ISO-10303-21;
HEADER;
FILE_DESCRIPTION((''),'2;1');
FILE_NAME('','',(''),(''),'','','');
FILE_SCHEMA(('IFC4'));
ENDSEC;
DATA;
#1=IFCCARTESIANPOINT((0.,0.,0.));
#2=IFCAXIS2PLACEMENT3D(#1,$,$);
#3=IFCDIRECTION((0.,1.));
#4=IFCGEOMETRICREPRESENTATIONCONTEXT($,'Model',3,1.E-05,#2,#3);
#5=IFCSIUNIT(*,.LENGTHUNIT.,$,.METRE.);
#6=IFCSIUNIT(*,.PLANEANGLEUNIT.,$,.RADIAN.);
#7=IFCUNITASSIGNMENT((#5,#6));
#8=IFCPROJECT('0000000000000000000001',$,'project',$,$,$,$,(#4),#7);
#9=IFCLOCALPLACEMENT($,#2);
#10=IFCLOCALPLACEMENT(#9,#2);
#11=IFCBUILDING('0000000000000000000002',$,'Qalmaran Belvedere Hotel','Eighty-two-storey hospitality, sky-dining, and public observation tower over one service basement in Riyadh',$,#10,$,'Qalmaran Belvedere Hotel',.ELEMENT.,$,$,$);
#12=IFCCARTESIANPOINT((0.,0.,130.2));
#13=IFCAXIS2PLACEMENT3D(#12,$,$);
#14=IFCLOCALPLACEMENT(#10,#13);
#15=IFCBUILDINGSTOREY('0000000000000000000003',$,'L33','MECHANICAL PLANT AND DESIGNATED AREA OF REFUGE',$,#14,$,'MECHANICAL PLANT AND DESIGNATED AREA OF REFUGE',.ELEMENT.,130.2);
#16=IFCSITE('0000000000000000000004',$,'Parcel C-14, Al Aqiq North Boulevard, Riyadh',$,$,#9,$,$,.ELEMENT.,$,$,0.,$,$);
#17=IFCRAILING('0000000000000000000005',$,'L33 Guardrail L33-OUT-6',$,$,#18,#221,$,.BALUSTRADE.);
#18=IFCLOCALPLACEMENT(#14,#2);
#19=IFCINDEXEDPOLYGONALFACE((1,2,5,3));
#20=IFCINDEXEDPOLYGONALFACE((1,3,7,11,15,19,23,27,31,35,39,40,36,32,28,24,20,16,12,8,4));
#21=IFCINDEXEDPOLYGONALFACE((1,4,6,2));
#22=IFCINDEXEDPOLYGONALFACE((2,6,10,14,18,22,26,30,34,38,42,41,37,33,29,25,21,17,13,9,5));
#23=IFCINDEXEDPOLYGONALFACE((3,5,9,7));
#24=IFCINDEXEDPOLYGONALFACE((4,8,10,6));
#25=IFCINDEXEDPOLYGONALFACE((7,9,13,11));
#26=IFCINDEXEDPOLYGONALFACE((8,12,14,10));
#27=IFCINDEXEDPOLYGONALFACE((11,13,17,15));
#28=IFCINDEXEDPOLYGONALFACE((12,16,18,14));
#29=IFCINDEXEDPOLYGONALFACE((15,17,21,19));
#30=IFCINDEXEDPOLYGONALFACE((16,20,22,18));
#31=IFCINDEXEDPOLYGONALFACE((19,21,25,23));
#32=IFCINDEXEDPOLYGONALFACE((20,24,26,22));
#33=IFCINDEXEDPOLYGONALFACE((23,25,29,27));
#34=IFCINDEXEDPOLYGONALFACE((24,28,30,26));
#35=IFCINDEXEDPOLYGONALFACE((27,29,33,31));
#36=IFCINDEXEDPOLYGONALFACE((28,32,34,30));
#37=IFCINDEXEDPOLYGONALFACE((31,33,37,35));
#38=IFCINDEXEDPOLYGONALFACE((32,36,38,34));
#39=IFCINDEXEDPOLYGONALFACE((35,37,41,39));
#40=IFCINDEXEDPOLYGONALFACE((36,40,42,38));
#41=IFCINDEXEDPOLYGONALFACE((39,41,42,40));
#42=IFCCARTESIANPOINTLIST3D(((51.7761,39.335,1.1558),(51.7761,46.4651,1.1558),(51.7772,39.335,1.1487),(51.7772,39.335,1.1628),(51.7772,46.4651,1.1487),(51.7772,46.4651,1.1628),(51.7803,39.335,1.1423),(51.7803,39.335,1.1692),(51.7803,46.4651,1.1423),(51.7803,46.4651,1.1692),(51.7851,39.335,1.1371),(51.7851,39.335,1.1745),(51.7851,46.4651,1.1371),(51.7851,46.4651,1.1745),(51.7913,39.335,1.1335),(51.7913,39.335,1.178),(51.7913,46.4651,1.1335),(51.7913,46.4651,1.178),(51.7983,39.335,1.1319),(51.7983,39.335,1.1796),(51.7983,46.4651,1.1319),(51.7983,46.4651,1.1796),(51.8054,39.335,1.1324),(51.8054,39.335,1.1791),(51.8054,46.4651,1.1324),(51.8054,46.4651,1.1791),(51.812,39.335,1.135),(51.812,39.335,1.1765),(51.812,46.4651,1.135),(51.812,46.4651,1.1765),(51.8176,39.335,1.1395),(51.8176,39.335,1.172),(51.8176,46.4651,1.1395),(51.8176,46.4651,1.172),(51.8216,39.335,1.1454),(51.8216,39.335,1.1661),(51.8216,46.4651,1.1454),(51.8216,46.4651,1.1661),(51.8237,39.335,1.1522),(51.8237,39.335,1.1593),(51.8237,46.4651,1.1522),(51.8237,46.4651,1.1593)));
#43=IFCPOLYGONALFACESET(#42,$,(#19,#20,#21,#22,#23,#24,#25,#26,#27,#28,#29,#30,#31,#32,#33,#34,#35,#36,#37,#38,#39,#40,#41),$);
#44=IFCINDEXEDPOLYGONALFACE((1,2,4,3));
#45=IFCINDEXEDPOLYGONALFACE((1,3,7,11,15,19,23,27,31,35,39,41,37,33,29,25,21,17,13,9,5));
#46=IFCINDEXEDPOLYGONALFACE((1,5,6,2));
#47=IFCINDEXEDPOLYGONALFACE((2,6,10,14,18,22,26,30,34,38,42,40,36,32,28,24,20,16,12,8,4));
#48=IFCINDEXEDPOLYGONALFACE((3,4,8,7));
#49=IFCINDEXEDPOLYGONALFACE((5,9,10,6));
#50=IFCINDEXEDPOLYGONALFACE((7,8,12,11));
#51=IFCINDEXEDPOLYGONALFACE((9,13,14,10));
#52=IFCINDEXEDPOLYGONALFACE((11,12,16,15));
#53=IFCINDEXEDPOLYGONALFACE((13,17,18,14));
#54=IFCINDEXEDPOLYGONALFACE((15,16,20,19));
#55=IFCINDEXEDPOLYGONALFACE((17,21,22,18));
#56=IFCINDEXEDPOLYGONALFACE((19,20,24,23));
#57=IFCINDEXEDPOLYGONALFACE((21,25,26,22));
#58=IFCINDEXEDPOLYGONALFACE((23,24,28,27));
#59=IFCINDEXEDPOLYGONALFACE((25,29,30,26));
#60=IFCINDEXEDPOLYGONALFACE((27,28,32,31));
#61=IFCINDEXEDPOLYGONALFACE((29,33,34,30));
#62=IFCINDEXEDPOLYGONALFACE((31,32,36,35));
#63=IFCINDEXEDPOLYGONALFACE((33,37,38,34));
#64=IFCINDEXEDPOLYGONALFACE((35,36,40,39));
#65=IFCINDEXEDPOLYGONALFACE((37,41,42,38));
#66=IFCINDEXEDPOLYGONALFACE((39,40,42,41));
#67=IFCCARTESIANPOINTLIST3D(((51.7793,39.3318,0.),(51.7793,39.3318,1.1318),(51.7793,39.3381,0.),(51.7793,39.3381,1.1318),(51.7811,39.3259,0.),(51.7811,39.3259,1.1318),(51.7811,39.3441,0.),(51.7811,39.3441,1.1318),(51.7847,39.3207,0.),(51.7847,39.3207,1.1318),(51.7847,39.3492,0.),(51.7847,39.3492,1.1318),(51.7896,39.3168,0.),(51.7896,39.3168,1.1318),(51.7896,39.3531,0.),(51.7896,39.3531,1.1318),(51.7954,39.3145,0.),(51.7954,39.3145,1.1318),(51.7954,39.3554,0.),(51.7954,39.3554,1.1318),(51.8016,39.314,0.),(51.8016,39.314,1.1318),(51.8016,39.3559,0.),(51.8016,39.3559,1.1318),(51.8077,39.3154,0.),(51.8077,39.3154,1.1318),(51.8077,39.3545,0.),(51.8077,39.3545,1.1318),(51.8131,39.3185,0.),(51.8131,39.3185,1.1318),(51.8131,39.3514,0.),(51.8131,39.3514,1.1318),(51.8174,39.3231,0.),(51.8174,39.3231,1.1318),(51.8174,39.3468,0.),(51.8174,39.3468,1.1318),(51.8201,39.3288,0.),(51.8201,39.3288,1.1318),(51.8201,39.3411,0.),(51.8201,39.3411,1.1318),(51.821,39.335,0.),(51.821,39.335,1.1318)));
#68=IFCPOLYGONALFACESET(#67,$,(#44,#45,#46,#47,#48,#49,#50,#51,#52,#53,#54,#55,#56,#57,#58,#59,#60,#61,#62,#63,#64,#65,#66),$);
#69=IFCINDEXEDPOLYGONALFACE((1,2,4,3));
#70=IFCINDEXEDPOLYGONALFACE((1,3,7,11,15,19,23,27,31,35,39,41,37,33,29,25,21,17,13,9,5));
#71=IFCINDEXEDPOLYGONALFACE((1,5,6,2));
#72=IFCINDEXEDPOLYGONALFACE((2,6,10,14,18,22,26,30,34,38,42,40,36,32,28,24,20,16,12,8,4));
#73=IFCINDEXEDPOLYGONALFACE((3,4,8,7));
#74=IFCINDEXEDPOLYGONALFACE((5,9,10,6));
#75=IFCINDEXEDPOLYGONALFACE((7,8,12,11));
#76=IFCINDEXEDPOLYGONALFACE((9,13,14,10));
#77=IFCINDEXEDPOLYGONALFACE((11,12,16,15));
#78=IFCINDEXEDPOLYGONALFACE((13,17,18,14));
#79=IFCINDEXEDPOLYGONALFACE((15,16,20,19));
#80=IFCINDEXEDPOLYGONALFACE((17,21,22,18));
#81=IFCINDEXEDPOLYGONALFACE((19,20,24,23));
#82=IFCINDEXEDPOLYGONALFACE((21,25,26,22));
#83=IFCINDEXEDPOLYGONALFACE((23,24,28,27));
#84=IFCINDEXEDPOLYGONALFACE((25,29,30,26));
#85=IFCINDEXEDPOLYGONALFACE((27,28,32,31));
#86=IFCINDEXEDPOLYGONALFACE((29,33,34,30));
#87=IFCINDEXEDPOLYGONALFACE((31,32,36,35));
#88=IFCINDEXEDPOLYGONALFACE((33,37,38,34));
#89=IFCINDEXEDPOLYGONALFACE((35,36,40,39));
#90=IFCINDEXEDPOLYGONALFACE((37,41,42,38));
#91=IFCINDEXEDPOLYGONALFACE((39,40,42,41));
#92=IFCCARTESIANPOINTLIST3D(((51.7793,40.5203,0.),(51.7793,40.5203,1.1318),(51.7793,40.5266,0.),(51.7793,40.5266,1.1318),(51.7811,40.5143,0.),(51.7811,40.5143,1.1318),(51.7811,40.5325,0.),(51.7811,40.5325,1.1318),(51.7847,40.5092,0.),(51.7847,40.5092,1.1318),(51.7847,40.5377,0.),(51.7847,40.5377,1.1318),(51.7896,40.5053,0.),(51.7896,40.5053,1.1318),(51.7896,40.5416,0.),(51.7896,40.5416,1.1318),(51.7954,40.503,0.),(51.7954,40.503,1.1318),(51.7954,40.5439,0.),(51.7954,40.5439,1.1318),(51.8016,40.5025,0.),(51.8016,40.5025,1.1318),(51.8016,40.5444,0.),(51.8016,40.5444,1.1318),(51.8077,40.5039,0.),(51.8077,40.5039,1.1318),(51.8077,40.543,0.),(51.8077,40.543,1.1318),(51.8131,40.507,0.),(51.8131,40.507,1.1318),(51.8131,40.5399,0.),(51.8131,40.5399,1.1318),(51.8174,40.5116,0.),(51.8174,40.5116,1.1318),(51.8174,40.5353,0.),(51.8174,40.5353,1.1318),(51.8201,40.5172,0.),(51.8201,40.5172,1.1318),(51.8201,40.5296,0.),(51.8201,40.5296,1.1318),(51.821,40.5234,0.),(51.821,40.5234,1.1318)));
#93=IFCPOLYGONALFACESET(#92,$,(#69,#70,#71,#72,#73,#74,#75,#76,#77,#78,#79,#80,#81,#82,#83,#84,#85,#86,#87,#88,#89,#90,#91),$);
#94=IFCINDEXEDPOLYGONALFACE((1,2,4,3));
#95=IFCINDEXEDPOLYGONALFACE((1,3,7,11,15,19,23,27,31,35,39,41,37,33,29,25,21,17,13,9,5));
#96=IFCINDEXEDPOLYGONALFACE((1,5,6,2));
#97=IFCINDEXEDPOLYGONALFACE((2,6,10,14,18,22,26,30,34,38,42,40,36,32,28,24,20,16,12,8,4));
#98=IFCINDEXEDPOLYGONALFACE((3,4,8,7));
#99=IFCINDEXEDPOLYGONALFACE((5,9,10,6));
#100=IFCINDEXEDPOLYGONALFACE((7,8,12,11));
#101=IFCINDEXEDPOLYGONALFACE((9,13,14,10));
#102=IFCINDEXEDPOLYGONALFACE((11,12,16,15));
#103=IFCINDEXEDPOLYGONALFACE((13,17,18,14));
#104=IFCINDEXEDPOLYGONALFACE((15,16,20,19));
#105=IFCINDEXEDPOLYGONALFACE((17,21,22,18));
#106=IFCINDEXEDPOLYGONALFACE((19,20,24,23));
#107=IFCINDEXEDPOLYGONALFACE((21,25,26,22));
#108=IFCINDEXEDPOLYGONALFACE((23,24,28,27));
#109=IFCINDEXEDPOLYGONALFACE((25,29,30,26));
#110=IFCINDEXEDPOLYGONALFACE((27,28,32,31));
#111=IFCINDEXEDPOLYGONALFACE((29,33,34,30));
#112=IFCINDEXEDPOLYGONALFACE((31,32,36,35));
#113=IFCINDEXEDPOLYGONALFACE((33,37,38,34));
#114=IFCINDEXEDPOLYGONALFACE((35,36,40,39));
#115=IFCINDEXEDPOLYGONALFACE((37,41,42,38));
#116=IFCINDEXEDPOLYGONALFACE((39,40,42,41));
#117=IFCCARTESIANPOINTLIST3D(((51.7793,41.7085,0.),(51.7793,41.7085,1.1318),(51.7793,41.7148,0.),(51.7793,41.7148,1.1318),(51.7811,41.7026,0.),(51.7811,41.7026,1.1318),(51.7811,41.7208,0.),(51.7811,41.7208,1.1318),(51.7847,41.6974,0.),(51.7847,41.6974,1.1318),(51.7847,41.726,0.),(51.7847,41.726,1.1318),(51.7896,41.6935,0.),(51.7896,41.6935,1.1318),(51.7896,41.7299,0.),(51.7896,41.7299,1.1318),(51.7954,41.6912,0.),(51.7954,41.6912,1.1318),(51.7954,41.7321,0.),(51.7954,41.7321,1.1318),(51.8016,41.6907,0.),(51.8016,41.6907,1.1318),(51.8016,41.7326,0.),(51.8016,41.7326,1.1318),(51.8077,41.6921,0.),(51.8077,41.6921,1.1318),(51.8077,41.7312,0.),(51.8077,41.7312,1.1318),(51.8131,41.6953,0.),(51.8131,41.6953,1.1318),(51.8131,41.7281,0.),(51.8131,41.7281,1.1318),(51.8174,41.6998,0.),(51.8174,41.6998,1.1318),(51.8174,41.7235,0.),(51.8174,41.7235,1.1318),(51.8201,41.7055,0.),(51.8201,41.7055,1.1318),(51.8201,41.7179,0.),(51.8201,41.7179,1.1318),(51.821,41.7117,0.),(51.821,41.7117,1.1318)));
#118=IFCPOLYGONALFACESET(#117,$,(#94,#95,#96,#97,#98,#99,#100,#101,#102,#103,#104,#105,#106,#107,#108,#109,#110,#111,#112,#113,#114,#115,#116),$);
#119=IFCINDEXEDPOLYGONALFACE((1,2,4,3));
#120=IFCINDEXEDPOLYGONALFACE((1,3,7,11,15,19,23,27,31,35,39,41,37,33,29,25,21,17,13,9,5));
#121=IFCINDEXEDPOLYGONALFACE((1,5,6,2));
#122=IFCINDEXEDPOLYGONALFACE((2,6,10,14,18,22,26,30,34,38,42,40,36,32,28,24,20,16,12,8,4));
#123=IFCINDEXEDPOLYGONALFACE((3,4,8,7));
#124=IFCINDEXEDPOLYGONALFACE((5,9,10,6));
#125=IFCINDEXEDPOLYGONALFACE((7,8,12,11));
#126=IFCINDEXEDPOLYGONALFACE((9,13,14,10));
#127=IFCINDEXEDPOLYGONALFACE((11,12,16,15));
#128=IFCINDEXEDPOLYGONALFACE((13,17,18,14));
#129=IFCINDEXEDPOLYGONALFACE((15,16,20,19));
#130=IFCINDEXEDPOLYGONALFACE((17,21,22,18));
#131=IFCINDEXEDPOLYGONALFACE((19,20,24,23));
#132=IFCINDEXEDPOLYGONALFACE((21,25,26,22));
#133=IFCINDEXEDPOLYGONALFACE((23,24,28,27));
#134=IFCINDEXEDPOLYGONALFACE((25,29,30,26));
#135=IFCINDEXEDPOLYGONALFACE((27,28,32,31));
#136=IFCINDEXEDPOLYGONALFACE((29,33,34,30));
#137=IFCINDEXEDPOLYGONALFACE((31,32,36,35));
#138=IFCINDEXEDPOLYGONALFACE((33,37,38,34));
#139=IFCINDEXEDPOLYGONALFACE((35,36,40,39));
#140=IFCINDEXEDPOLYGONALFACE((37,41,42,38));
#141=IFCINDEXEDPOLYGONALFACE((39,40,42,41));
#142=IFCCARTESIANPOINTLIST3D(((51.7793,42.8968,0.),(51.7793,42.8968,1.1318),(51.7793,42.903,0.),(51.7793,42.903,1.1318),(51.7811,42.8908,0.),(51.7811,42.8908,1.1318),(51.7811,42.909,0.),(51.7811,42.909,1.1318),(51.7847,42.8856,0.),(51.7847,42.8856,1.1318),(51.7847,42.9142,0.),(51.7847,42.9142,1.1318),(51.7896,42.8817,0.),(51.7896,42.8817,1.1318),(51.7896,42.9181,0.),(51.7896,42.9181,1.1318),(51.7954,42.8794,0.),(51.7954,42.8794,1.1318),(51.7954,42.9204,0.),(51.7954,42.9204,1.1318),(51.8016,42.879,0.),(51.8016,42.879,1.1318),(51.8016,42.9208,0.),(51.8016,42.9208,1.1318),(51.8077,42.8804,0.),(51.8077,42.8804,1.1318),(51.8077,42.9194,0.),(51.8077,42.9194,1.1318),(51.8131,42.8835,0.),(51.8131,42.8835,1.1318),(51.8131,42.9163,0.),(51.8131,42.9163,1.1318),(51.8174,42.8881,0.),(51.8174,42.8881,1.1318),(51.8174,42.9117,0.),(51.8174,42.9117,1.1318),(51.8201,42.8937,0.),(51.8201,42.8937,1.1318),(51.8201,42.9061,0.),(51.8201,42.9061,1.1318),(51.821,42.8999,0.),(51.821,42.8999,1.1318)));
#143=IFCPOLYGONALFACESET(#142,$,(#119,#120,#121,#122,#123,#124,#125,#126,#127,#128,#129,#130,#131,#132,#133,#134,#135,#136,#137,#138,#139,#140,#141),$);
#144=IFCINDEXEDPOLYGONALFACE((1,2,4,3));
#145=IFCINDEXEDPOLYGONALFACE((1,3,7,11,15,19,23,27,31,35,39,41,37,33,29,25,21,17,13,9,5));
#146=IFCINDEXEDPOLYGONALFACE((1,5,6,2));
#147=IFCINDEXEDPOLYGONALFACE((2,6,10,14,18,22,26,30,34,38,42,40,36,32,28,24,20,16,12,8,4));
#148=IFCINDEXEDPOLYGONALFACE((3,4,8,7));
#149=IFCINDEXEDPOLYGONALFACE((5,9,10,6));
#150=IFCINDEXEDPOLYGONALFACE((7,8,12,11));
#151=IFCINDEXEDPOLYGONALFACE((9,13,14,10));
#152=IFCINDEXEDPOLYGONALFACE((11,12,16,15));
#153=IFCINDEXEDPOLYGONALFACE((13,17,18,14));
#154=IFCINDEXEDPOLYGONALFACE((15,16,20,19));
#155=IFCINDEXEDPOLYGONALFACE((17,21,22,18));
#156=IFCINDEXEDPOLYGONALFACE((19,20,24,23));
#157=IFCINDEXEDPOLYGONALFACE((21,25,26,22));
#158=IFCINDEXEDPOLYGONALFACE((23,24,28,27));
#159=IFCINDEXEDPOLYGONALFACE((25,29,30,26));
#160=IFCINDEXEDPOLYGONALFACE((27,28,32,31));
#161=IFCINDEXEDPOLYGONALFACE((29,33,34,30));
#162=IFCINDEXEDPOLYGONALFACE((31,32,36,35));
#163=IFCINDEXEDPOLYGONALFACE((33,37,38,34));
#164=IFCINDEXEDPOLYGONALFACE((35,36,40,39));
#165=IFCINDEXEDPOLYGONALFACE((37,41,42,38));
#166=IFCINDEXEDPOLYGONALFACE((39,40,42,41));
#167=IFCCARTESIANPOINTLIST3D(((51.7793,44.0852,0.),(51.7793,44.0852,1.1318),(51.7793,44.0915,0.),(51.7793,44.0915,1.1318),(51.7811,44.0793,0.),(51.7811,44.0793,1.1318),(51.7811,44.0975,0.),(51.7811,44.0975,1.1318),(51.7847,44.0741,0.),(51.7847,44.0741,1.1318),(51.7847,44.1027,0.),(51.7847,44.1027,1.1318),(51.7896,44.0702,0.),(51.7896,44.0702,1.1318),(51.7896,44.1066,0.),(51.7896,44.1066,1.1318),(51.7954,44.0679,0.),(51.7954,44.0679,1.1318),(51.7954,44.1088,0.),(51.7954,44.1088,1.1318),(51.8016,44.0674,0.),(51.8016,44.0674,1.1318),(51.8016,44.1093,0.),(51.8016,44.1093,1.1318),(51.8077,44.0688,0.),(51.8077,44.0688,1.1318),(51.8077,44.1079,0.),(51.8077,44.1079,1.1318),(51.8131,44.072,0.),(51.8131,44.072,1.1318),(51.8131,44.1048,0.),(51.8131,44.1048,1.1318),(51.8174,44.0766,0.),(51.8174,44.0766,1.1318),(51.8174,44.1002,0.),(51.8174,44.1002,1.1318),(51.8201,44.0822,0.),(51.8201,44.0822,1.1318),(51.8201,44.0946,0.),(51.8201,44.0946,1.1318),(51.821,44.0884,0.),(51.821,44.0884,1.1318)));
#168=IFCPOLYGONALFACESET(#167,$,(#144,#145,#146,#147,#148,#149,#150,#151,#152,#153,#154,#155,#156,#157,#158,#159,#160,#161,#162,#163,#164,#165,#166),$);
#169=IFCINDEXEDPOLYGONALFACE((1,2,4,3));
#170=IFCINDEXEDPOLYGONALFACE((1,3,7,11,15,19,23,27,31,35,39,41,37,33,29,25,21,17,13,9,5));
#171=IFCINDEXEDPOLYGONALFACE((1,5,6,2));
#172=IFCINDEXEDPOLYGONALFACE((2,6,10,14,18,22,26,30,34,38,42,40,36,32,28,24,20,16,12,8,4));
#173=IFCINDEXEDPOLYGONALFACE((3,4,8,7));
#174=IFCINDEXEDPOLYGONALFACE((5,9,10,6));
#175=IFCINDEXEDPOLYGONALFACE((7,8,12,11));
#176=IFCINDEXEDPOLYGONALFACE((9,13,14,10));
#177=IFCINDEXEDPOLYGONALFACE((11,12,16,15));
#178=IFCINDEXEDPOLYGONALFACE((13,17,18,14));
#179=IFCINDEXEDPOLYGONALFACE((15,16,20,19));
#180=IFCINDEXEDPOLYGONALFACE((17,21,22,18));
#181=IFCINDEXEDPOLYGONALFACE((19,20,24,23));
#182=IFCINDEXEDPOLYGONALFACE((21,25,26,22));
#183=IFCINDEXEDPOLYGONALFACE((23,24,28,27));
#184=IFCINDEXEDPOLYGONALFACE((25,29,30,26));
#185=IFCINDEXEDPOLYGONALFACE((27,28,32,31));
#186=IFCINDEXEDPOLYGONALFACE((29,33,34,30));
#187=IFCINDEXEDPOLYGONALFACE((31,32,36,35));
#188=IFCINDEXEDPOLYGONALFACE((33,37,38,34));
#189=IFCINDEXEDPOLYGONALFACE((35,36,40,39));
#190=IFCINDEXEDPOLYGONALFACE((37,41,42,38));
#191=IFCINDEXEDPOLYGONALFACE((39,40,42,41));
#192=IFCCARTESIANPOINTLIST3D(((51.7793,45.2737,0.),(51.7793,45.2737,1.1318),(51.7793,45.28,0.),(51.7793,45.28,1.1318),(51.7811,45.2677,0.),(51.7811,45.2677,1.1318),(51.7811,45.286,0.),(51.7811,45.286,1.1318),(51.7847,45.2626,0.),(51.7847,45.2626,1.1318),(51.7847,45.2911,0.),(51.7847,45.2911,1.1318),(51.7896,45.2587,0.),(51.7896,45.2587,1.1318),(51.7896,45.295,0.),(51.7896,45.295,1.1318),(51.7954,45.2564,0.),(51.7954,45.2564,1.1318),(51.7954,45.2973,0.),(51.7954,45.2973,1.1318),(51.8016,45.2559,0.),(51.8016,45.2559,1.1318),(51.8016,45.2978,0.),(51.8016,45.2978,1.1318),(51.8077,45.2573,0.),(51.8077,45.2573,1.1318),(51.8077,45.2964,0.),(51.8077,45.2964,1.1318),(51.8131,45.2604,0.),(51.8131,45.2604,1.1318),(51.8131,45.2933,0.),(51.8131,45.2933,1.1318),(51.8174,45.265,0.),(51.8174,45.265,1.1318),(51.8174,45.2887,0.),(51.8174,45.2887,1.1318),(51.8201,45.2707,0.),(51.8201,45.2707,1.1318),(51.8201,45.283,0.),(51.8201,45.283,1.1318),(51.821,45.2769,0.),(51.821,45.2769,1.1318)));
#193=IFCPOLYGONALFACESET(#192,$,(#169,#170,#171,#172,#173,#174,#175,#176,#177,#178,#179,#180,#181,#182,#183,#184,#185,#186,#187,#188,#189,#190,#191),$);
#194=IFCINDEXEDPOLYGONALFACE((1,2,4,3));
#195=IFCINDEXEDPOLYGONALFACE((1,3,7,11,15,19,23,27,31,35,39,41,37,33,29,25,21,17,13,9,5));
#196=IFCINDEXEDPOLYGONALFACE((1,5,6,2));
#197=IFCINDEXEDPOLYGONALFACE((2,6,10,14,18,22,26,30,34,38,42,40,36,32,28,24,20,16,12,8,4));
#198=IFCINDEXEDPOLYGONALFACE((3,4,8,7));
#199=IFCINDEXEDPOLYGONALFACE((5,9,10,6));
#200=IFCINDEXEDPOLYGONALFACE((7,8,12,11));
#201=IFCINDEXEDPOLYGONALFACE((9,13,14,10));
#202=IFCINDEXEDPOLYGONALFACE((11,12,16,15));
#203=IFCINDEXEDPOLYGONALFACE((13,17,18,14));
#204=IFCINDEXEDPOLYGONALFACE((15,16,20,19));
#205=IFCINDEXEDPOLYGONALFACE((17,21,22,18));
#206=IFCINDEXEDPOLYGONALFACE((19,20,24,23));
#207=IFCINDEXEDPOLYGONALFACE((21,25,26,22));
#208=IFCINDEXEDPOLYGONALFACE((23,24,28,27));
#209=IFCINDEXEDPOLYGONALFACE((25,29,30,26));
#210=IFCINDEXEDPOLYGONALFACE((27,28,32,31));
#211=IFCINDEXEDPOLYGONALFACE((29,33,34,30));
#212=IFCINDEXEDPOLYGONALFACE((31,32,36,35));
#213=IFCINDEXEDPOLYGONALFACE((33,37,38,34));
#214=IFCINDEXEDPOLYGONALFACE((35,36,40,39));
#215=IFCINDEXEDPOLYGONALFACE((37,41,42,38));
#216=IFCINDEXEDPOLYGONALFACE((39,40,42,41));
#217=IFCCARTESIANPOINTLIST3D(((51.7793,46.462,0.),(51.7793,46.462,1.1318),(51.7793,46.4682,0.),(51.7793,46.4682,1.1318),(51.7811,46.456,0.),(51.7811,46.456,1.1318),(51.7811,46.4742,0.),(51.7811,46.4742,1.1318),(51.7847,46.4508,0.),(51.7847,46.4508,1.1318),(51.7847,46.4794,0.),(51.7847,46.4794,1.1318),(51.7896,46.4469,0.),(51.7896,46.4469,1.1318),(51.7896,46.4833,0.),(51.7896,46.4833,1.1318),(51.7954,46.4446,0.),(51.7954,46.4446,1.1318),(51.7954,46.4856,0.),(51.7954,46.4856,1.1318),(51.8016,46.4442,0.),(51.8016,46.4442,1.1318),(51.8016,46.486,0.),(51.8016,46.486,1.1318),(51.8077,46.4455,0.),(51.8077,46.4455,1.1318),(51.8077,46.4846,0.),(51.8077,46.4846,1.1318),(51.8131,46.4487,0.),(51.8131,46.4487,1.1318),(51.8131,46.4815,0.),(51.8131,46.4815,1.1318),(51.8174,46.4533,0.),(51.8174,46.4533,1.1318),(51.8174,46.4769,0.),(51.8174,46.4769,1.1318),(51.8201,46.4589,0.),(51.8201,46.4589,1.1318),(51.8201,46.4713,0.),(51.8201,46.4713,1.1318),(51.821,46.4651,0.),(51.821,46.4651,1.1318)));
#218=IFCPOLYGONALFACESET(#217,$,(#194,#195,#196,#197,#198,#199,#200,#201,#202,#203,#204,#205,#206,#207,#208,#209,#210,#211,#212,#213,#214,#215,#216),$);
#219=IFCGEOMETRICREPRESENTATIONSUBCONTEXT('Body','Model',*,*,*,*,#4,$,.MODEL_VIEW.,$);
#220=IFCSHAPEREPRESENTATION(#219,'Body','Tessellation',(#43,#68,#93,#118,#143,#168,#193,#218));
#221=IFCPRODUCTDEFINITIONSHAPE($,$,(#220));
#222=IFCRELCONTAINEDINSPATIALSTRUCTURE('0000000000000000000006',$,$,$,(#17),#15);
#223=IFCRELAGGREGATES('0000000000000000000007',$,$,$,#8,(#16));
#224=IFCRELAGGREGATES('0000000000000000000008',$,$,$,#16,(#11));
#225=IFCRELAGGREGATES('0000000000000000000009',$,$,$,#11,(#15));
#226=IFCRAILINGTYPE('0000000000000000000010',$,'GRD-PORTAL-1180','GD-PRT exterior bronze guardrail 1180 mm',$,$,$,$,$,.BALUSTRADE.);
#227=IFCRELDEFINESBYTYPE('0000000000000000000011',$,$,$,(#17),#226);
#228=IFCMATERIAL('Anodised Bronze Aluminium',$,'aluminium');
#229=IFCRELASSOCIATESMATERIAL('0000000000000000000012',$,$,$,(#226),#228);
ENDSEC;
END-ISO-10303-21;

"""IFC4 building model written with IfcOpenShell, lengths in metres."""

from ifc_helpers import new_model, si_unit, direction, frame, origin, origin_2d, place, context, subcontext, project, spatial, circle, extrude, material, type_object, element, save


model = new_model("IFC4")

# Units and contexts
model_context = context("Model", 3, precision=1e-05, world=origin(), true_north=direction((0.0, 1.0)))
body_context = subcontext(model_context, "Body", "Model", "MODEL_VIEW")
ifc_project = project(units=[si_unit("LENGTHUNIT", "METRE"), si_unit("PLANEANGLEUNIT", "RADIAN")], contexts=[model_context])

# Site, building, storey
site_placement = place(None, origin())
site = spatial("IfcSite", under=ifc_project, at=site_placement, Name="Parcel C-14, Al Aqiq North Boulevard, Riyadh", CompositionType="ELEMENT", RefElevation=0.0)
building_placement = place(site_placement, origin())
building = spatial("IfcBuilding", under=site, at=building_placement, Name="Qalmaran Belvedere Hotel", Description="Eighty-two-storey hospitality, sky-dining, and public observation tower over one service basement in Riyadh", LongName="Qalmaran Belvedere Hotel", CompositionType="ELEMENT")
storey_placement = place(building_placement, frame((0.0, 0.0, 130.2)))
storey = spatial("IfcBuildingStorey", under=building, at=storey_placement, Name="L33", Description="MECHANICAL PLANT AND DESIGNATED AREA OF REFUGE", LongName="MECHANICAL PLANT AND DESIGNATED AREA OF REFUGE", CompositionType="ELEMENT", Elevation=130.2)

# Railing
ifc_material_1 = material(Name="Anodised Bronze Aluminium", Category="aluminium")
railing_type = type_object("IfcRailingType", Name="GRD-PORTAL-1180", Description="GD-PRT exterior bronze guardrail 1180 mm", PredefinedType="BALUSTRADE", material=ifc_material_1)
railing_1_placement = place(storey_placement, frame((51.8, 39.335, 0.0)))
element("IfcRailing", 1, at=railing_1_placement, inside=storey, type_object=railing_type, Name="L33 Guardrail L33-OUT-6", PredefinedType="BALUSTRADE", context=body_context, shape_type="SweptSolid", body=[
    extrude(circle(Radius=0.0239, at=origin_2d()), frame((0.0, 0.0, 1.1558), z_axis=(0.0, 1.0, 0.0), x_axis=(-1.0, 0.0, 0.0)), (0.0, 0.0, 1.0), 7.1301),
    extrude(circle(Radius=0.021, at=origin_2d()), origin(), (0.0, 0.0, 1.0), 1.1318),
    extrude(circle(Radius=0.021, at=origin_2d()), frame((0.0, 1.1885, 0.0)), (0.0, 0.0, 1.0), 1.1318),
    extrude(circle(Radius=0.021, at=origin_2d()), frame((0.0, 2.3767, 0.0)), (0.0, 0.0, 1.0), 1.1318),
    extrude(circle(Radius=0.021, at=origin_2d()), frame((0.0, 3.5649, 0.0)), (0.0, 0.0, 1.0), 1.1318),
    extrude(circle(Radius=0.021, at=origin_2d()), frame((0.0, 4.7534, 0.0)), (0.0, 0.0, 1.0), 1.1318),
    extrude(circle(Radius=0.021, at=origin_2d()), frame((0.0, 5.9419, 0.0)), (0.0, 0.0, 1.0), 1.1318),
    extrude(circle(Radius=0.021, at=origin_2d()), frame((0.0, 7.1301, 0.0)), (0.0, 0.0, 1.0), 1.1318),
])

save(model, "model.ifc")
